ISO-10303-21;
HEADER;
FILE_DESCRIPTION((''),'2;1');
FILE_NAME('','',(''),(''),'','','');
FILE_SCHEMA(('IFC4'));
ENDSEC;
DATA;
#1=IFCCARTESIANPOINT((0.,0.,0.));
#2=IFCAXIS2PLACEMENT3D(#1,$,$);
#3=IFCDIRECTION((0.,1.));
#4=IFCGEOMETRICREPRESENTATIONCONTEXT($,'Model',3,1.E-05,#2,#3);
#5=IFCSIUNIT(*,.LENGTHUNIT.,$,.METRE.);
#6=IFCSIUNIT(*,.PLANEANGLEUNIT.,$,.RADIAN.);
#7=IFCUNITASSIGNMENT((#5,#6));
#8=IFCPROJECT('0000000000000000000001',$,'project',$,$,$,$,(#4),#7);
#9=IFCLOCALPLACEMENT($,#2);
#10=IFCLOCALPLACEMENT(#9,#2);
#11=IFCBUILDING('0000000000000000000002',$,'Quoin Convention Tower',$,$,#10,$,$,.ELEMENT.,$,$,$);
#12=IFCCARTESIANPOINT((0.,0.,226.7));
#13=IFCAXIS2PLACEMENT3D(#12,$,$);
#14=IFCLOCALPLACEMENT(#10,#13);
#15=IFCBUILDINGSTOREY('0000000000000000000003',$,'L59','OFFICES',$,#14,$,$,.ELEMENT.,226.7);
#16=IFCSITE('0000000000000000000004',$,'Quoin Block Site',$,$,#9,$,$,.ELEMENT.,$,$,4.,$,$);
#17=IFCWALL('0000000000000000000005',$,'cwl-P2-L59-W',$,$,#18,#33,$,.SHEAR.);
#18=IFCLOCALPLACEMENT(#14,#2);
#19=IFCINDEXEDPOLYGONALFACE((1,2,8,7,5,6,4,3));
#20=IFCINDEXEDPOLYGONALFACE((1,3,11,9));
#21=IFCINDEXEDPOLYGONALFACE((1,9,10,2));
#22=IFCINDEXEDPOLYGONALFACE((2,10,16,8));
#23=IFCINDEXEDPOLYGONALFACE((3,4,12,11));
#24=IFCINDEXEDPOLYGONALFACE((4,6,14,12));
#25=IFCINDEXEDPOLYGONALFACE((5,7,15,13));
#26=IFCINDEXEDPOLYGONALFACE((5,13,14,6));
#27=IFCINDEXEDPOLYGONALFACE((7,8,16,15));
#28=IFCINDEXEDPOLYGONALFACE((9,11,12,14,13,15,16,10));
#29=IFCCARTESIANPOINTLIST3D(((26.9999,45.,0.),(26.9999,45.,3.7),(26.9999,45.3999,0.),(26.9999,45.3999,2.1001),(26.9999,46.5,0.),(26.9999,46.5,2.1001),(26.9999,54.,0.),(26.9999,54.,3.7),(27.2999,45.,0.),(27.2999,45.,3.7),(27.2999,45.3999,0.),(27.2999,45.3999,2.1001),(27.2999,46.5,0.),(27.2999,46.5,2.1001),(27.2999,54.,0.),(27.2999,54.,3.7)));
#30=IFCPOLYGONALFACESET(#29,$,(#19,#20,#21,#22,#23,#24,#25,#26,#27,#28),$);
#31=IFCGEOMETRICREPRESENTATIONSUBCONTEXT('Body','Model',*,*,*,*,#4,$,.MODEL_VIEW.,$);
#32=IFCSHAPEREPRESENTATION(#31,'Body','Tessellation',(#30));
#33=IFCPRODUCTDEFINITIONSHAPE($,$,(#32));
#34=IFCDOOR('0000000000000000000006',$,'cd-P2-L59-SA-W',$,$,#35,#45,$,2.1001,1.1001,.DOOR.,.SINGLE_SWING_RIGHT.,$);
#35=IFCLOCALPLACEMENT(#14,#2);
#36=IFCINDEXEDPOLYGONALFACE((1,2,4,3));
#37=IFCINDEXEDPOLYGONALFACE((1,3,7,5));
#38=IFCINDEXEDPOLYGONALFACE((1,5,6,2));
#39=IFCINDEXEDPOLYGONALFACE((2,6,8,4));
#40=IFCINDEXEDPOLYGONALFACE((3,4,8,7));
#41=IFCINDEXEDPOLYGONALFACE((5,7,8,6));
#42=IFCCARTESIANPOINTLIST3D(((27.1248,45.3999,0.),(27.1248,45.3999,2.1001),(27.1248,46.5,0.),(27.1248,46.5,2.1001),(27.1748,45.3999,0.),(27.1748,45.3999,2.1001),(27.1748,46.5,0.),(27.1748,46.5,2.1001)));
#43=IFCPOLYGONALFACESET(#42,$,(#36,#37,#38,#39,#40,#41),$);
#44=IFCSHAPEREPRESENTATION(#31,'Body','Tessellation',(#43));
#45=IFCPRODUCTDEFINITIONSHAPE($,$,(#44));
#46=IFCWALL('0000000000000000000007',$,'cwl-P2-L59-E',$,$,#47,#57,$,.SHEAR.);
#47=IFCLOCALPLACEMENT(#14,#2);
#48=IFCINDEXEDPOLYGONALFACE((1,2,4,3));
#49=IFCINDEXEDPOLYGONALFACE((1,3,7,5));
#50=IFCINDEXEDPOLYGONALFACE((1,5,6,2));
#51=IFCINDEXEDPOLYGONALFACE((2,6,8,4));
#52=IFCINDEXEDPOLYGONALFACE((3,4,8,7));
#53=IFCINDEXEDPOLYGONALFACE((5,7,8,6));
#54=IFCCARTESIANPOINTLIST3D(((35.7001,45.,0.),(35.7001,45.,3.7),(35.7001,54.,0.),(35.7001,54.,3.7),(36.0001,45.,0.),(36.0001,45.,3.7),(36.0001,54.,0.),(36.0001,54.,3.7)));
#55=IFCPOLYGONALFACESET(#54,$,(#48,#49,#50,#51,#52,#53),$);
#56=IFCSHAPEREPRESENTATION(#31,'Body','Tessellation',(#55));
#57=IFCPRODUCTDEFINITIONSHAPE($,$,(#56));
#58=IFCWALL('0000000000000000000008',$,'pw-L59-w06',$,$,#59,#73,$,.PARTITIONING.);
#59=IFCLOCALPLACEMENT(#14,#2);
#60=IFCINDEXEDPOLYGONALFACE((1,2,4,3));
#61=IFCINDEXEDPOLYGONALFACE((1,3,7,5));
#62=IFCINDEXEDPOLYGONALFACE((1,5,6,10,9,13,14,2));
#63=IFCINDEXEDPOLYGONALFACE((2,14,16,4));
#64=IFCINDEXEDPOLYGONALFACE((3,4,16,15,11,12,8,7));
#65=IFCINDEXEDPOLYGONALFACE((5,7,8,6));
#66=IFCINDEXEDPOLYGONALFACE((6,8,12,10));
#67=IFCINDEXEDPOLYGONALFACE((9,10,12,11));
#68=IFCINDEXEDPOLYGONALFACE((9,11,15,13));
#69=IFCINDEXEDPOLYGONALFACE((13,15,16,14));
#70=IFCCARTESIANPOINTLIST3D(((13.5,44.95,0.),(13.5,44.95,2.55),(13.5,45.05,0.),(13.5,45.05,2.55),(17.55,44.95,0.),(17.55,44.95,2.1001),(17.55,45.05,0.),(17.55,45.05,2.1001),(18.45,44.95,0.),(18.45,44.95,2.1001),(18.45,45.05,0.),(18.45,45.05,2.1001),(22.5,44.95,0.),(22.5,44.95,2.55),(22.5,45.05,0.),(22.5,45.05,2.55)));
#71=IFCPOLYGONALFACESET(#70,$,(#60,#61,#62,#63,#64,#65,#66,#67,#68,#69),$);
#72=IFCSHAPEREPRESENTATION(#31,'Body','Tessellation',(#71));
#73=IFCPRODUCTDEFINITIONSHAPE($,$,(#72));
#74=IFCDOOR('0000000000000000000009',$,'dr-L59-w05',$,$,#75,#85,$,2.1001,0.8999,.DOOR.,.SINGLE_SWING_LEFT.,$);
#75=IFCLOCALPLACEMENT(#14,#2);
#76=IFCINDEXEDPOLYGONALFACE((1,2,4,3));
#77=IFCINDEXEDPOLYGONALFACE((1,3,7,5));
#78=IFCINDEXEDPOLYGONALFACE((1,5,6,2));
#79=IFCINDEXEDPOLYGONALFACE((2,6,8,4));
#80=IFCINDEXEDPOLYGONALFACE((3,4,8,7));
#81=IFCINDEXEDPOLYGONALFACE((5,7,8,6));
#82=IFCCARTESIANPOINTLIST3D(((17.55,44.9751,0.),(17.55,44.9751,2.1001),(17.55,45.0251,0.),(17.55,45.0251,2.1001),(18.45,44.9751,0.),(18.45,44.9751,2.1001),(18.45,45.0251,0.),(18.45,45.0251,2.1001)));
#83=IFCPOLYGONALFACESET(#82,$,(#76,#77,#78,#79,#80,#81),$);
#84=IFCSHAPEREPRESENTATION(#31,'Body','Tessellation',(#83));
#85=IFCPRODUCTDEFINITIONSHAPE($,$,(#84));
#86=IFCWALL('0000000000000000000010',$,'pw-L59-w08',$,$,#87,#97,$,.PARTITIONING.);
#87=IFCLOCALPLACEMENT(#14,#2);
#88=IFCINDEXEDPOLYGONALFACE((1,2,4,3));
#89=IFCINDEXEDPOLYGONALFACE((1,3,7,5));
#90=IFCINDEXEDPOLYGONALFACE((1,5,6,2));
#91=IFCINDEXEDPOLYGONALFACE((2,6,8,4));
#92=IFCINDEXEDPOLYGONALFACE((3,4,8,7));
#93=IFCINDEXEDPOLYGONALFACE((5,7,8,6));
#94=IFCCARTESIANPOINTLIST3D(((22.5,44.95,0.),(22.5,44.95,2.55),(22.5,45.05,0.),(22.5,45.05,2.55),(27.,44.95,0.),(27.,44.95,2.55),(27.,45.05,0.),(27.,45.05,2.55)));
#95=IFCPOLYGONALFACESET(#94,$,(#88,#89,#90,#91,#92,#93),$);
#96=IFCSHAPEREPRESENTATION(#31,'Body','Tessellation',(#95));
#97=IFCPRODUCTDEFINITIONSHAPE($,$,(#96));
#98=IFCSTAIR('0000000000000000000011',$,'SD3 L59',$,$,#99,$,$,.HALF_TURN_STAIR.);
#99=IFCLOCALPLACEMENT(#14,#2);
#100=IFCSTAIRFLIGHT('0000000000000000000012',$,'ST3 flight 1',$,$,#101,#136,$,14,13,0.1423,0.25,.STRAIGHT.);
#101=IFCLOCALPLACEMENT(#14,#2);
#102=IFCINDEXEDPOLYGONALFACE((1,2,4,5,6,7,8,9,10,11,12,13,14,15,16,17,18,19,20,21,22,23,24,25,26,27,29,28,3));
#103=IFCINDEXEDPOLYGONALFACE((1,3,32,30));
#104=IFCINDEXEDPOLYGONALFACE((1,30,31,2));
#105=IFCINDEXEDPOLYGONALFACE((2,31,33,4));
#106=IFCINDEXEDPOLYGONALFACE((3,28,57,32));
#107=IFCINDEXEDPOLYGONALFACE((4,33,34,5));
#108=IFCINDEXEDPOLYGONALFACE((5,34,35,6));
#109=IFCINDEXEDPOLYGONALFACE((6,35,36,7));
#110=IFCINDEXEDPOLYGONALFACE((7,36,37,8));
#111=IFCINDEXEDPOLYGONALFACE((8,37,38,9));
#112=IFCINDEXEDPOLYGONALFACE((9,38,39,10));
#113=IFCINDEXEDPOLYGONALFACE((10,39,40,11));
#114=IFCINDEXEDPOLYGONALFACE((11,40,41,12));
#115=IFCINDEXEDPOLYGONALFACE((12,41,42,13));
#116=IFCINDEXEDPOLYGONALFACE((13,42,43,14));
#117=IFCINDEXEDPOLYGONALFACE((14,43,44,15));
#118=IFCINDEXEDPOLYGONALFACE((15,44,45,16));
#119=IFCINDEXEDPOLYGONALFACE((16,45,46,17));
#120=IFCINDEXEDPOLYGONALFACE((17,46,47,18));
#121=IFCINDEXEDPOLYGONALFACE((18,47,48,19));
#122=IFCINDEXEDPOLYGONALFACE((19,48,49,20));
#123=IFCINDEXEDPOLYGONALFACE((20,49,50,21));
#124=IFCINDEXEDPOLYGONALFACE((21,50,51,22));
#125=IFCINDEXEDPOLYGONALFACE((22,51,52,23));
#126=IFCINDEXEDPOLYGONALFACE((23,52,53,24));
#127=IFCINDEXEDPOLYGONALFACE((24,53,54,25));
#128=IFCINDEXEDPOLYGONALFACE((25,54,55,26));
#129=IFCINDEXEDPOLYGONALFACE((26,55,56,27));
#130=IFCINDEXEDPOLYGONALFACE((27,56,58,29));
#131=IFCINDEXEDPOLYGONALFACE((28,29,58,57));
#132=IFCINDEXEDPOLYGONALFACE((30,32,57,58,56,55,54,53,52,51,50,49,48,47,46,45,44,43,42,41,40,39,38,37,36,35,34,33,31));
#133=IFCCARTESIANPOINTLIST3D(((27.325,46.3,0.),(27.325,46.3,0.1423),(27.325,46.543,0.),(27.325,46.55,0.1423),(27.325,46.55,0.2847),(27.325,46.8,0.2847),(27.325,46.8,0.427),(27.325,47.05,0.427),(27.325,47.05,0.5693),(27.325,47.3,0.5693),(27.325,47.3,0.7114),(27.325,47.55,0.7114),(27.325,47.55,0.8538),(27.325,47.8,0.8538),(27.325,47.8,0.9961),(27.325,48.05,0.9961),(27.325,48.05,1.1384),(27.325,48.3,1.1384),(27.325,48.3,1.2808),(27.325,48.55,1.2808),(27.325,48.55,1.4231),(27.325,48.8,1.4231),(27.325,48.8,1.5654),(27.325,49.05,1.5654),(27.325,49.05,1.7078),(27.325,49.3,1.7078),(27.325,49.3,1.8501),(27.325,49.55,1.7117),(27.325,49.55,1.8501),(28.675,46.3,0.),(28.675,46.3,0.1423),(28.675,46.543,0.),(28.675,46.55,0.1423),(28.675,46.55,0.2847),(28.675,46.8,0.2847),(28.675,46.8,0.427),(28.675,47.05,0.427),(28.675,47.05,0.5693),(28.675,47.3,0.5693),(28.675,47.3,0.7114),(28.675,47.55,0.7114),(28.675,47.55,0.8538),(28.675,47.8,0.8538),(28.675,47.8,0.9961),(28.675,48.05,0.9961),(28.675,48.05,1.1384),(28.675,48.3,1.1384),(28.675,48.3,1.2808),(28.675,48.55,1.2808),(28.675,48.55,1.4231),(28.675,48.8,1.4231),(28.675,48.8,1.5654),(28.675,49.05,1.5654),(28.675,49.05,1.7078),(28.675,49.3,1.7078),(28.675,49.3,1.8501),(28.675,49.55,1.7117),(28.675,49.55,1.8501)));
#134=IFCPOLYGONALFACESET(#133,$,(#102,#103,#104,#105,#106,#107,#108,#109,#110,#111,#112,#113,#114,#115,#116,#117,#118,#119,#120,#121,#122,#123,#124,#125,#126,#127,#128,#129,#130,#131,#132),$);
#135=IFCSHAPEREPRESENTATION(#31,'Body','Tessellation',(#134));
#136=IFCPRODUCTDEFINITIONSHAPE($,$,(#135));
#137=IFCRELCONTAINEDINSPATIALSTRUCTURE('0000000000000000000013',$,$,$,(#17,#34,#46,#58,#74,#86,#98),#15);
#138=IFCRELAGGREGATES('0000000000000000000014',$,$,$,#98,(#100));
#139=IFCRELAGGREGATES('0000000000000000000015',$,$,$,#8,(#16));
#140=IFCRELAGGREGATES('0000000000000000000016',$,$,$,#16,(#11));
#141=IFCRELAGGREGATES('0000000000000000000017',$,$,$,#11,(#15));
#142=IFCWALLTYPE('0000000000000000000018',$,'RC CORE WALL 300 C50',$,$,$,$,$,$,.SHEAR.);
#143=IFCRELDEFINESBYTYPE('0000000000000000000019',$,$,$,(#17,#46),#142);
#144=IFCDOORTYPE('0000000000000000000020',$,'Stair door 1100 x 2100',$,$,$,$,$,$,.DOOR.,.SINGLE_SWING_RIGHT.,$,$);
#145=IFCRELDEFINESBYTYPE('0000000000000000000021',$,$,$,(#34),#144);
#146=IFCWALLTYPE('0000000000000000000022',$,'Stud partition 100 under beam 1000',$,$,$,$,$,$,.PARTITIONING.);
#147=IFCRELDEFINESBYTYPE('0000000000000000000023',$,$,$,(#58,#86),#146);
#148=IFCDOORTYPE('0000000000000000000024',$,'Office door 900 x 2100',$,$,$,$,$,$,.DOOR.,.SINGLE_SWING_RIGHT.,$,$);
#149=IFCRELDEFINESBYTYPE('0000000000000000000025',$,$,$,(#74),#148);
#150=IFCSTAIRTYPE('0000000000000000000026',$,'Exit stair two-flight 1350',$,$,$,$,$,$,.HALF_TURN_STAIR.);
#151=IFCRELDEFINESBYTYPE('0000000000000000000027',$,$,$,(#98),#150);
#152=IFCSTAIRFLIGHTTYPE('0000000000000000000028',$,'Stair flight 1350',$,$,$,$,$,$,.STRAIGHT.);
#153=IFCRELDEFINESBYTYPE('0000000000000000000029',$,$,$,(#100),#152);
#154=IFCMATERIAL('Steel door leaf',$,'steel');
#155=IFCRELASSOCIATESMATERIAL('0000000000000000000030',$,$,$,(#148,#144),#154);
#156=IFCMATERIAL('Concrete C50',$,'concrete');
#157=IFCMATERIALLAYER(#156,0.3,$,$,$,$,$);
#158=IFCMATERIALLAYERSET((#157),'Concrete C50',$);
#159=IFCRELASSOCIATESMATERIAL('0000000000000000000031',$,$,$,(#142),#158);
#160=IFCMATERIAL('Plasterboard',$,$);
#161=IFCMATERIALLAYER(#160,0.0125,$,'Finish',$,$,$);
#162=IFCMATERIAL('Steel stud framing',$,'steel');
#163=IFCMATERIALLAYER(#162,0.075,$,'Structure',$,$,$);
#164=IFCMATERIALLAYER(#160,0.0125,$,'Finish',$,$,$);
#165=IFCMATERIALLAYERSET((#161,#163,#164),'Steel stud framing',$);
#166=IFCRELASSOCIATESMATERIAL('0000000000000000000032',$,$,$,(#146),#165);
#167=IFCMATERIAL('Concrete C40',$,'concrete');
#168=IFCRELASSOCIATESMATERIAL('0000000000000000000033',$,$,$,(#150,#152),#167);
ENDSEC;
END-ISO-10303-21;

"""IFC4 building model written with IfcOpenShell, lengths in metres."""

from ifc_helpers import new_model, si_unit, direction, frame, frame_2d, origin, place, context, subcontext, project, spatial, polyline, rectangle, outline, extrude, material, layer, layer_set, type_object, element, fill, aggregate, save


model = new_model("IFC4")

# Units and contexts
model_context = context("Model", 3, precision=1e-05, world=origin(), true_north=direction((0.0, 1.0)))
body_context = subcontext(model_context, "Body", "Model", "MODEL_VIEW")
ifc_project = project(units=[si_unit("LENGTHUNIT", "METRE"), si_unit("PLANEANGLEUNIT", "RADIAN")], contexts=[model_context])

# Site, building, storey
site_placement = place(None, origin())
site = spatial("IfcSite", under=ifc_project, at=site_placement, Name="Quoin Block Site", CompositionType="ELEMENT", RefElevation=4.0)
building_placement = place(site_placement, origin())
building = spatial("IfcBuilding", under=site, at=building_placement, Name="Quoin Convention Tower", CompositionType="ELEMENT")
storey_placement = place(building_placement, frame((0.0, 0.0, 226.7)))
storey = spatial("IfcBuildingStorey", under=building, at=storey_placement, Name="L59", Description="OFFICES", CompositionType="ELEMENT", Elevation=226.7)

# Shared definitions
ifc_material_1 = material(Name="Concrete C50", Category="concrete")

# Wall, opening, door
ifc_material_2 = material(Name="Plasterboard")
ifc_material_3 = material(Name="Steel stud framing", Category="steel")
ifc_material_4 = material(Name="Steel door leaf", Category="steel")
door_type_1 = type_object("IfcDoorType", Name="Office door 900 x 2100", OperationType="SINGLE_SWING_RIGHT", PredefinedType="DOOR", material=ifc_material_4)
ifc_layer_1 = layer(ifc_material_1, 0.3)
ifc_layer_set_1 = layer_set([ifc_layer_1], Name="Concrete C50")
wall_type_1 = type_object("IfcWallType", Name="RC CORE WALL 300 C50", PredefinedType="SHEAR", material=ifc_layer_set_1)
wall_1_placement = place(storey_placement, frame((27.1499, 45.0, 0.0), z_axis=(0.0, 0.0, 1.0), x_axis=(0.0, 1.0, 0.0)))
wall_1 = element("IfcWall", 1, at=wall_1_placement, inside=storey, type_object=wall_type_1, Name="cwl-P2-L59-W", PredefinedType="SHEAR", context=body_context, shape_type="SweptSolid", body=[
    extrude(rectangle(XDim=9.0, YDim=0.3, at=frame_2d((4.5, 0.0))), origin(), (0.0, 0.0, 1.0), 3.7),
])
opening_1_placement = place(wall_1_placement, frame((0.3999, 0.0, 0.0)))
opening_1 = element("IfcOpeningElement", 2, at=opening_1_placement, cuts=wall_1, PredefinedType="OPENING", context=body_context, shape_type="SweptSolid", body=[
    extrude(rectangle(XDim=1.1001, YDim=2.1001, at=frame_2d((0.55, 1.05))), frame((0.0, 0.1599, 0.0), z_axis=(0.0, -1.0, 0.0), x_axis=(1.0, 0.0, 0.0)), (0.0, 0.0, 1.0), 0.3201),
])
door_type_2 = type_object("IfcDoorType", Name="Stair door 1100 x 2100", OperationType="SINGLE_SWING_RIGHT", PredefinedType="DOOR", material=ifc_material_4)
door_1_placement = place(opening_1_placement, frame((1.1001, 0.0, 0.0), z_axis=(0.0, 0.0, 1.0), x_axis=(-1.0, 0.0, 0.0)))
door_1 = element("IfcDoor", 3, at=door_1_placement, inside=storey, type_object=door_type_2, Name="cd-P2-L59-SA-W", OperationType="SINGLE_SWING_RIGHT", OverallHeight=2.1001, OverallWidth=1.1001, PredefinedType="DOOR", context=body_context, shape_type="SweptSolid", body=[
    extrude(rectangle(XDim=1.1001, YDim=2.1001, at=frame_2d((0.55, 1.05))), frame((0.0, 0.0249, 0.0), z_axis=(0.0, -1.0, 0.0), x_axis=(1.0, 0.0, 0.0)), (0.0, 0.0, 1.0), 0.05),
])
fill(opening_1, door_1)

# Wall
wall_2_placement = place(storey_placement, frame((35.8501, 45.0, 0.0), z_axis=(0.0, 0.0, 1.0), x_axis=(0.0, 1.0, 0.0)))
element("IfcWall", 4, at=wall_2_placement, inside=storey, type_object=wall_type_1, Name="cwl-P2-L59-E", PredefinedType="SHEAR", context=body_context, shape_type="SweptSolid", body=[
    extrude(rectangle(XDim=9.0, YDim=0.3, at=frame_2d((4.5, 0.0))), origin(), (0.0, 0.0, 1.0), 3.7),
])

# Wall, opening, door
ifc_layer_2 = layer(ifc_material_2, 0.0125, Name="Finish")
ifc_layer_3 = layer(ifc_material_3, 0.075, Name="Structure")
ifc_layer_4 = layer(ifc_material_2, 0.0125, Name="Finish")
ifc_layer_set_2 = layer_set([ifc_layer_2, ifc_layer_3, ifc_layer_4], Name="Steel stud framing")
wall_type_2 = type_object("IfcWallType", Name="Stud partition 100 under beam 1000", PredefinedType="PARTITIONING", material=ifc_layer_set_2)
wall_3_placement = place(storey_placement, frame((22.5, 45.0, 0.0), z_axis=(0.0, 0.0, 1.0), x_axis=(-1.0, 0.0, 0.0)))
wall_3 = element("IfcWall", 5, at=wall_3_placement, inside=storey, type_object=wall_type_2, Name="pw-L59-w06", PredefinedType="PARTITIONING", context=body_context, shape_type="SweptSolid", body=[
    extrude(rectangle(XDim=9.0, YDim=0.1001, at=frame_2d((4.5, 0.0))), origin(), (0.0, 0.0, 1.0), 2.55),
])
opening_2_placement = place(wall_3_placement, frame((4.05, 0.0, 0.0)))
opening_2 = element("IfcOpeningElement", 6, at=opening_2_placement, cuts=wall_3, PredefinedType="OPENING", context=body_context, shape_type="SweptSolid", body=[
    extrude(rectangle(XDim=0.8999, YDim=2.1001, at=frame_2d((0.45, 1.05))), frame((0.0, 0.0601, 0.0), z_axis=(0.0, -1.0, 0.0), x_axis=(1.0, 0.0, 0.0)), (0.0, 0.0, 1.0), 0.1201),
])
door_2_placement = place(opening_2_placement, origin())
door_2 = element("IfcDoor", 7, at=door_2_placement, inside=storey, type_object=door_type_1, Name="dr-L59-w05", OperationType="SINGLE_SWING_LEFT", OverallHeight=2.1001, OverallWidth=0.8999, PredefinedType="DOOR", context=body_context, shape_type="SweptSolid", body=[
    extrude(rectangle(XDim=0.8999, YDim=2.1001, at=frame_2d((0.45, 1.05))), frame((0.0, 0.0249, 0.0), z_axis=(0.0, -1.0, 0.0), x_axis=(1.0, 0.0, 0.0)), (0.0, 0.0, 1.0), 0.05),
])
fill(opening_2, door_2)

# Wall
wall_4_placement = place(storey_placement, frame((22.5, 45.0, 0.0), z_axis=(0.0, 0.0, 1.0), x_axis=(1.0, 0.0, 0.0)))
element("IfcWall", 8, at=wall_4_placement, inside=storey, type_object=wall_type_2, Name="pw-L59-w08", PredefinedType="PARTITIONING", context=body_context, shape_type="SweptSolid", body=[
    extrude(rectangle(XDim=4.5, YDim=0.1001, at=frame_2d((2.25, 0.0))), origin(), (0.0, 0.0, 1.0), 2.55),
])

# Stair, stair flight
ifc_material_5 = material(Name="Concrete C40", Category="concrete")
stair_type = type_object("IfcStairType", Name="Exit stair two-flight 1350", PredefinedType="HALF_TURN_STAIR", material=ifc_material_5)
stair_placement = place(storey_placement, origin())
stair = element("IfcStair", 9, at=stair_placement, inside=storey, type_object=stair_type, Name="SD3 L59", PredefinedType="HALF_TURN_STAIR")
stair_flight_type = type_object("IfcStairFlightType", Name="Stair flight 1350", PredefinedType="STRAIGHT", material=ifc_material_5)
stair_flight_placement = place(storey_placement, frame((28.0, 46.3, 0.0), z_axis=(0.0, 0.0, 1.0), x_axis=(0.0, 1.0, 0.0)))
stair_flight = element("IfcStairFlight", 10, at=stair_flight_placement, type_object=stair_flight_type, Name="ST3 flight 1", NumberOfRisers=14, NumberOfTreads=13, PredefinedType="STRAIGHT", RiserHeight=0.1423, TreadLength=0.25, context=body_context, shape_type="SweptSolid", body=[
    extrude(outline(polyline([(0.0, 0.0), (0.0, 0.1423), (0.25, 0.1423), (0.25, 0.2847), (0.5, 0.2847), (0.5, 0.427), (0.75, 0.427), (0.75, 0.5693), (1.0, 0.5693), (1.0, 0.7114), (1.25, 0.7114), (1.25, 0.8538), (1.5, 0.8538), (1.5, 0.9961), (1.75, 0.9961), (1.75, 1.1384), (2.0, 1.1384), (2.0, 1.2808), (2.25, 1.2808), (2.25, 1.4231), (2.5, 1.4231), (2.5, 1.5654), (2.75, 1.5654), (2.75, 1.7078), (3.0, 1.7078), (3.0, 1.8501), (3.25, 1.8501), (3.25, 1.9922), (3.25, 1.7117), (0.2429, 0.0), (0.0, 0.0)])), frame((0.0, 0.675, 0.0), z_axis=(0.0, -1.0, 0.0), x_axis=(1.0, 0.0, 0.0)), (0.0, 0.0, 1.0), 1.3501),
])
aggregate(stair, [stair_flight])

save(model, "model.ifc")
